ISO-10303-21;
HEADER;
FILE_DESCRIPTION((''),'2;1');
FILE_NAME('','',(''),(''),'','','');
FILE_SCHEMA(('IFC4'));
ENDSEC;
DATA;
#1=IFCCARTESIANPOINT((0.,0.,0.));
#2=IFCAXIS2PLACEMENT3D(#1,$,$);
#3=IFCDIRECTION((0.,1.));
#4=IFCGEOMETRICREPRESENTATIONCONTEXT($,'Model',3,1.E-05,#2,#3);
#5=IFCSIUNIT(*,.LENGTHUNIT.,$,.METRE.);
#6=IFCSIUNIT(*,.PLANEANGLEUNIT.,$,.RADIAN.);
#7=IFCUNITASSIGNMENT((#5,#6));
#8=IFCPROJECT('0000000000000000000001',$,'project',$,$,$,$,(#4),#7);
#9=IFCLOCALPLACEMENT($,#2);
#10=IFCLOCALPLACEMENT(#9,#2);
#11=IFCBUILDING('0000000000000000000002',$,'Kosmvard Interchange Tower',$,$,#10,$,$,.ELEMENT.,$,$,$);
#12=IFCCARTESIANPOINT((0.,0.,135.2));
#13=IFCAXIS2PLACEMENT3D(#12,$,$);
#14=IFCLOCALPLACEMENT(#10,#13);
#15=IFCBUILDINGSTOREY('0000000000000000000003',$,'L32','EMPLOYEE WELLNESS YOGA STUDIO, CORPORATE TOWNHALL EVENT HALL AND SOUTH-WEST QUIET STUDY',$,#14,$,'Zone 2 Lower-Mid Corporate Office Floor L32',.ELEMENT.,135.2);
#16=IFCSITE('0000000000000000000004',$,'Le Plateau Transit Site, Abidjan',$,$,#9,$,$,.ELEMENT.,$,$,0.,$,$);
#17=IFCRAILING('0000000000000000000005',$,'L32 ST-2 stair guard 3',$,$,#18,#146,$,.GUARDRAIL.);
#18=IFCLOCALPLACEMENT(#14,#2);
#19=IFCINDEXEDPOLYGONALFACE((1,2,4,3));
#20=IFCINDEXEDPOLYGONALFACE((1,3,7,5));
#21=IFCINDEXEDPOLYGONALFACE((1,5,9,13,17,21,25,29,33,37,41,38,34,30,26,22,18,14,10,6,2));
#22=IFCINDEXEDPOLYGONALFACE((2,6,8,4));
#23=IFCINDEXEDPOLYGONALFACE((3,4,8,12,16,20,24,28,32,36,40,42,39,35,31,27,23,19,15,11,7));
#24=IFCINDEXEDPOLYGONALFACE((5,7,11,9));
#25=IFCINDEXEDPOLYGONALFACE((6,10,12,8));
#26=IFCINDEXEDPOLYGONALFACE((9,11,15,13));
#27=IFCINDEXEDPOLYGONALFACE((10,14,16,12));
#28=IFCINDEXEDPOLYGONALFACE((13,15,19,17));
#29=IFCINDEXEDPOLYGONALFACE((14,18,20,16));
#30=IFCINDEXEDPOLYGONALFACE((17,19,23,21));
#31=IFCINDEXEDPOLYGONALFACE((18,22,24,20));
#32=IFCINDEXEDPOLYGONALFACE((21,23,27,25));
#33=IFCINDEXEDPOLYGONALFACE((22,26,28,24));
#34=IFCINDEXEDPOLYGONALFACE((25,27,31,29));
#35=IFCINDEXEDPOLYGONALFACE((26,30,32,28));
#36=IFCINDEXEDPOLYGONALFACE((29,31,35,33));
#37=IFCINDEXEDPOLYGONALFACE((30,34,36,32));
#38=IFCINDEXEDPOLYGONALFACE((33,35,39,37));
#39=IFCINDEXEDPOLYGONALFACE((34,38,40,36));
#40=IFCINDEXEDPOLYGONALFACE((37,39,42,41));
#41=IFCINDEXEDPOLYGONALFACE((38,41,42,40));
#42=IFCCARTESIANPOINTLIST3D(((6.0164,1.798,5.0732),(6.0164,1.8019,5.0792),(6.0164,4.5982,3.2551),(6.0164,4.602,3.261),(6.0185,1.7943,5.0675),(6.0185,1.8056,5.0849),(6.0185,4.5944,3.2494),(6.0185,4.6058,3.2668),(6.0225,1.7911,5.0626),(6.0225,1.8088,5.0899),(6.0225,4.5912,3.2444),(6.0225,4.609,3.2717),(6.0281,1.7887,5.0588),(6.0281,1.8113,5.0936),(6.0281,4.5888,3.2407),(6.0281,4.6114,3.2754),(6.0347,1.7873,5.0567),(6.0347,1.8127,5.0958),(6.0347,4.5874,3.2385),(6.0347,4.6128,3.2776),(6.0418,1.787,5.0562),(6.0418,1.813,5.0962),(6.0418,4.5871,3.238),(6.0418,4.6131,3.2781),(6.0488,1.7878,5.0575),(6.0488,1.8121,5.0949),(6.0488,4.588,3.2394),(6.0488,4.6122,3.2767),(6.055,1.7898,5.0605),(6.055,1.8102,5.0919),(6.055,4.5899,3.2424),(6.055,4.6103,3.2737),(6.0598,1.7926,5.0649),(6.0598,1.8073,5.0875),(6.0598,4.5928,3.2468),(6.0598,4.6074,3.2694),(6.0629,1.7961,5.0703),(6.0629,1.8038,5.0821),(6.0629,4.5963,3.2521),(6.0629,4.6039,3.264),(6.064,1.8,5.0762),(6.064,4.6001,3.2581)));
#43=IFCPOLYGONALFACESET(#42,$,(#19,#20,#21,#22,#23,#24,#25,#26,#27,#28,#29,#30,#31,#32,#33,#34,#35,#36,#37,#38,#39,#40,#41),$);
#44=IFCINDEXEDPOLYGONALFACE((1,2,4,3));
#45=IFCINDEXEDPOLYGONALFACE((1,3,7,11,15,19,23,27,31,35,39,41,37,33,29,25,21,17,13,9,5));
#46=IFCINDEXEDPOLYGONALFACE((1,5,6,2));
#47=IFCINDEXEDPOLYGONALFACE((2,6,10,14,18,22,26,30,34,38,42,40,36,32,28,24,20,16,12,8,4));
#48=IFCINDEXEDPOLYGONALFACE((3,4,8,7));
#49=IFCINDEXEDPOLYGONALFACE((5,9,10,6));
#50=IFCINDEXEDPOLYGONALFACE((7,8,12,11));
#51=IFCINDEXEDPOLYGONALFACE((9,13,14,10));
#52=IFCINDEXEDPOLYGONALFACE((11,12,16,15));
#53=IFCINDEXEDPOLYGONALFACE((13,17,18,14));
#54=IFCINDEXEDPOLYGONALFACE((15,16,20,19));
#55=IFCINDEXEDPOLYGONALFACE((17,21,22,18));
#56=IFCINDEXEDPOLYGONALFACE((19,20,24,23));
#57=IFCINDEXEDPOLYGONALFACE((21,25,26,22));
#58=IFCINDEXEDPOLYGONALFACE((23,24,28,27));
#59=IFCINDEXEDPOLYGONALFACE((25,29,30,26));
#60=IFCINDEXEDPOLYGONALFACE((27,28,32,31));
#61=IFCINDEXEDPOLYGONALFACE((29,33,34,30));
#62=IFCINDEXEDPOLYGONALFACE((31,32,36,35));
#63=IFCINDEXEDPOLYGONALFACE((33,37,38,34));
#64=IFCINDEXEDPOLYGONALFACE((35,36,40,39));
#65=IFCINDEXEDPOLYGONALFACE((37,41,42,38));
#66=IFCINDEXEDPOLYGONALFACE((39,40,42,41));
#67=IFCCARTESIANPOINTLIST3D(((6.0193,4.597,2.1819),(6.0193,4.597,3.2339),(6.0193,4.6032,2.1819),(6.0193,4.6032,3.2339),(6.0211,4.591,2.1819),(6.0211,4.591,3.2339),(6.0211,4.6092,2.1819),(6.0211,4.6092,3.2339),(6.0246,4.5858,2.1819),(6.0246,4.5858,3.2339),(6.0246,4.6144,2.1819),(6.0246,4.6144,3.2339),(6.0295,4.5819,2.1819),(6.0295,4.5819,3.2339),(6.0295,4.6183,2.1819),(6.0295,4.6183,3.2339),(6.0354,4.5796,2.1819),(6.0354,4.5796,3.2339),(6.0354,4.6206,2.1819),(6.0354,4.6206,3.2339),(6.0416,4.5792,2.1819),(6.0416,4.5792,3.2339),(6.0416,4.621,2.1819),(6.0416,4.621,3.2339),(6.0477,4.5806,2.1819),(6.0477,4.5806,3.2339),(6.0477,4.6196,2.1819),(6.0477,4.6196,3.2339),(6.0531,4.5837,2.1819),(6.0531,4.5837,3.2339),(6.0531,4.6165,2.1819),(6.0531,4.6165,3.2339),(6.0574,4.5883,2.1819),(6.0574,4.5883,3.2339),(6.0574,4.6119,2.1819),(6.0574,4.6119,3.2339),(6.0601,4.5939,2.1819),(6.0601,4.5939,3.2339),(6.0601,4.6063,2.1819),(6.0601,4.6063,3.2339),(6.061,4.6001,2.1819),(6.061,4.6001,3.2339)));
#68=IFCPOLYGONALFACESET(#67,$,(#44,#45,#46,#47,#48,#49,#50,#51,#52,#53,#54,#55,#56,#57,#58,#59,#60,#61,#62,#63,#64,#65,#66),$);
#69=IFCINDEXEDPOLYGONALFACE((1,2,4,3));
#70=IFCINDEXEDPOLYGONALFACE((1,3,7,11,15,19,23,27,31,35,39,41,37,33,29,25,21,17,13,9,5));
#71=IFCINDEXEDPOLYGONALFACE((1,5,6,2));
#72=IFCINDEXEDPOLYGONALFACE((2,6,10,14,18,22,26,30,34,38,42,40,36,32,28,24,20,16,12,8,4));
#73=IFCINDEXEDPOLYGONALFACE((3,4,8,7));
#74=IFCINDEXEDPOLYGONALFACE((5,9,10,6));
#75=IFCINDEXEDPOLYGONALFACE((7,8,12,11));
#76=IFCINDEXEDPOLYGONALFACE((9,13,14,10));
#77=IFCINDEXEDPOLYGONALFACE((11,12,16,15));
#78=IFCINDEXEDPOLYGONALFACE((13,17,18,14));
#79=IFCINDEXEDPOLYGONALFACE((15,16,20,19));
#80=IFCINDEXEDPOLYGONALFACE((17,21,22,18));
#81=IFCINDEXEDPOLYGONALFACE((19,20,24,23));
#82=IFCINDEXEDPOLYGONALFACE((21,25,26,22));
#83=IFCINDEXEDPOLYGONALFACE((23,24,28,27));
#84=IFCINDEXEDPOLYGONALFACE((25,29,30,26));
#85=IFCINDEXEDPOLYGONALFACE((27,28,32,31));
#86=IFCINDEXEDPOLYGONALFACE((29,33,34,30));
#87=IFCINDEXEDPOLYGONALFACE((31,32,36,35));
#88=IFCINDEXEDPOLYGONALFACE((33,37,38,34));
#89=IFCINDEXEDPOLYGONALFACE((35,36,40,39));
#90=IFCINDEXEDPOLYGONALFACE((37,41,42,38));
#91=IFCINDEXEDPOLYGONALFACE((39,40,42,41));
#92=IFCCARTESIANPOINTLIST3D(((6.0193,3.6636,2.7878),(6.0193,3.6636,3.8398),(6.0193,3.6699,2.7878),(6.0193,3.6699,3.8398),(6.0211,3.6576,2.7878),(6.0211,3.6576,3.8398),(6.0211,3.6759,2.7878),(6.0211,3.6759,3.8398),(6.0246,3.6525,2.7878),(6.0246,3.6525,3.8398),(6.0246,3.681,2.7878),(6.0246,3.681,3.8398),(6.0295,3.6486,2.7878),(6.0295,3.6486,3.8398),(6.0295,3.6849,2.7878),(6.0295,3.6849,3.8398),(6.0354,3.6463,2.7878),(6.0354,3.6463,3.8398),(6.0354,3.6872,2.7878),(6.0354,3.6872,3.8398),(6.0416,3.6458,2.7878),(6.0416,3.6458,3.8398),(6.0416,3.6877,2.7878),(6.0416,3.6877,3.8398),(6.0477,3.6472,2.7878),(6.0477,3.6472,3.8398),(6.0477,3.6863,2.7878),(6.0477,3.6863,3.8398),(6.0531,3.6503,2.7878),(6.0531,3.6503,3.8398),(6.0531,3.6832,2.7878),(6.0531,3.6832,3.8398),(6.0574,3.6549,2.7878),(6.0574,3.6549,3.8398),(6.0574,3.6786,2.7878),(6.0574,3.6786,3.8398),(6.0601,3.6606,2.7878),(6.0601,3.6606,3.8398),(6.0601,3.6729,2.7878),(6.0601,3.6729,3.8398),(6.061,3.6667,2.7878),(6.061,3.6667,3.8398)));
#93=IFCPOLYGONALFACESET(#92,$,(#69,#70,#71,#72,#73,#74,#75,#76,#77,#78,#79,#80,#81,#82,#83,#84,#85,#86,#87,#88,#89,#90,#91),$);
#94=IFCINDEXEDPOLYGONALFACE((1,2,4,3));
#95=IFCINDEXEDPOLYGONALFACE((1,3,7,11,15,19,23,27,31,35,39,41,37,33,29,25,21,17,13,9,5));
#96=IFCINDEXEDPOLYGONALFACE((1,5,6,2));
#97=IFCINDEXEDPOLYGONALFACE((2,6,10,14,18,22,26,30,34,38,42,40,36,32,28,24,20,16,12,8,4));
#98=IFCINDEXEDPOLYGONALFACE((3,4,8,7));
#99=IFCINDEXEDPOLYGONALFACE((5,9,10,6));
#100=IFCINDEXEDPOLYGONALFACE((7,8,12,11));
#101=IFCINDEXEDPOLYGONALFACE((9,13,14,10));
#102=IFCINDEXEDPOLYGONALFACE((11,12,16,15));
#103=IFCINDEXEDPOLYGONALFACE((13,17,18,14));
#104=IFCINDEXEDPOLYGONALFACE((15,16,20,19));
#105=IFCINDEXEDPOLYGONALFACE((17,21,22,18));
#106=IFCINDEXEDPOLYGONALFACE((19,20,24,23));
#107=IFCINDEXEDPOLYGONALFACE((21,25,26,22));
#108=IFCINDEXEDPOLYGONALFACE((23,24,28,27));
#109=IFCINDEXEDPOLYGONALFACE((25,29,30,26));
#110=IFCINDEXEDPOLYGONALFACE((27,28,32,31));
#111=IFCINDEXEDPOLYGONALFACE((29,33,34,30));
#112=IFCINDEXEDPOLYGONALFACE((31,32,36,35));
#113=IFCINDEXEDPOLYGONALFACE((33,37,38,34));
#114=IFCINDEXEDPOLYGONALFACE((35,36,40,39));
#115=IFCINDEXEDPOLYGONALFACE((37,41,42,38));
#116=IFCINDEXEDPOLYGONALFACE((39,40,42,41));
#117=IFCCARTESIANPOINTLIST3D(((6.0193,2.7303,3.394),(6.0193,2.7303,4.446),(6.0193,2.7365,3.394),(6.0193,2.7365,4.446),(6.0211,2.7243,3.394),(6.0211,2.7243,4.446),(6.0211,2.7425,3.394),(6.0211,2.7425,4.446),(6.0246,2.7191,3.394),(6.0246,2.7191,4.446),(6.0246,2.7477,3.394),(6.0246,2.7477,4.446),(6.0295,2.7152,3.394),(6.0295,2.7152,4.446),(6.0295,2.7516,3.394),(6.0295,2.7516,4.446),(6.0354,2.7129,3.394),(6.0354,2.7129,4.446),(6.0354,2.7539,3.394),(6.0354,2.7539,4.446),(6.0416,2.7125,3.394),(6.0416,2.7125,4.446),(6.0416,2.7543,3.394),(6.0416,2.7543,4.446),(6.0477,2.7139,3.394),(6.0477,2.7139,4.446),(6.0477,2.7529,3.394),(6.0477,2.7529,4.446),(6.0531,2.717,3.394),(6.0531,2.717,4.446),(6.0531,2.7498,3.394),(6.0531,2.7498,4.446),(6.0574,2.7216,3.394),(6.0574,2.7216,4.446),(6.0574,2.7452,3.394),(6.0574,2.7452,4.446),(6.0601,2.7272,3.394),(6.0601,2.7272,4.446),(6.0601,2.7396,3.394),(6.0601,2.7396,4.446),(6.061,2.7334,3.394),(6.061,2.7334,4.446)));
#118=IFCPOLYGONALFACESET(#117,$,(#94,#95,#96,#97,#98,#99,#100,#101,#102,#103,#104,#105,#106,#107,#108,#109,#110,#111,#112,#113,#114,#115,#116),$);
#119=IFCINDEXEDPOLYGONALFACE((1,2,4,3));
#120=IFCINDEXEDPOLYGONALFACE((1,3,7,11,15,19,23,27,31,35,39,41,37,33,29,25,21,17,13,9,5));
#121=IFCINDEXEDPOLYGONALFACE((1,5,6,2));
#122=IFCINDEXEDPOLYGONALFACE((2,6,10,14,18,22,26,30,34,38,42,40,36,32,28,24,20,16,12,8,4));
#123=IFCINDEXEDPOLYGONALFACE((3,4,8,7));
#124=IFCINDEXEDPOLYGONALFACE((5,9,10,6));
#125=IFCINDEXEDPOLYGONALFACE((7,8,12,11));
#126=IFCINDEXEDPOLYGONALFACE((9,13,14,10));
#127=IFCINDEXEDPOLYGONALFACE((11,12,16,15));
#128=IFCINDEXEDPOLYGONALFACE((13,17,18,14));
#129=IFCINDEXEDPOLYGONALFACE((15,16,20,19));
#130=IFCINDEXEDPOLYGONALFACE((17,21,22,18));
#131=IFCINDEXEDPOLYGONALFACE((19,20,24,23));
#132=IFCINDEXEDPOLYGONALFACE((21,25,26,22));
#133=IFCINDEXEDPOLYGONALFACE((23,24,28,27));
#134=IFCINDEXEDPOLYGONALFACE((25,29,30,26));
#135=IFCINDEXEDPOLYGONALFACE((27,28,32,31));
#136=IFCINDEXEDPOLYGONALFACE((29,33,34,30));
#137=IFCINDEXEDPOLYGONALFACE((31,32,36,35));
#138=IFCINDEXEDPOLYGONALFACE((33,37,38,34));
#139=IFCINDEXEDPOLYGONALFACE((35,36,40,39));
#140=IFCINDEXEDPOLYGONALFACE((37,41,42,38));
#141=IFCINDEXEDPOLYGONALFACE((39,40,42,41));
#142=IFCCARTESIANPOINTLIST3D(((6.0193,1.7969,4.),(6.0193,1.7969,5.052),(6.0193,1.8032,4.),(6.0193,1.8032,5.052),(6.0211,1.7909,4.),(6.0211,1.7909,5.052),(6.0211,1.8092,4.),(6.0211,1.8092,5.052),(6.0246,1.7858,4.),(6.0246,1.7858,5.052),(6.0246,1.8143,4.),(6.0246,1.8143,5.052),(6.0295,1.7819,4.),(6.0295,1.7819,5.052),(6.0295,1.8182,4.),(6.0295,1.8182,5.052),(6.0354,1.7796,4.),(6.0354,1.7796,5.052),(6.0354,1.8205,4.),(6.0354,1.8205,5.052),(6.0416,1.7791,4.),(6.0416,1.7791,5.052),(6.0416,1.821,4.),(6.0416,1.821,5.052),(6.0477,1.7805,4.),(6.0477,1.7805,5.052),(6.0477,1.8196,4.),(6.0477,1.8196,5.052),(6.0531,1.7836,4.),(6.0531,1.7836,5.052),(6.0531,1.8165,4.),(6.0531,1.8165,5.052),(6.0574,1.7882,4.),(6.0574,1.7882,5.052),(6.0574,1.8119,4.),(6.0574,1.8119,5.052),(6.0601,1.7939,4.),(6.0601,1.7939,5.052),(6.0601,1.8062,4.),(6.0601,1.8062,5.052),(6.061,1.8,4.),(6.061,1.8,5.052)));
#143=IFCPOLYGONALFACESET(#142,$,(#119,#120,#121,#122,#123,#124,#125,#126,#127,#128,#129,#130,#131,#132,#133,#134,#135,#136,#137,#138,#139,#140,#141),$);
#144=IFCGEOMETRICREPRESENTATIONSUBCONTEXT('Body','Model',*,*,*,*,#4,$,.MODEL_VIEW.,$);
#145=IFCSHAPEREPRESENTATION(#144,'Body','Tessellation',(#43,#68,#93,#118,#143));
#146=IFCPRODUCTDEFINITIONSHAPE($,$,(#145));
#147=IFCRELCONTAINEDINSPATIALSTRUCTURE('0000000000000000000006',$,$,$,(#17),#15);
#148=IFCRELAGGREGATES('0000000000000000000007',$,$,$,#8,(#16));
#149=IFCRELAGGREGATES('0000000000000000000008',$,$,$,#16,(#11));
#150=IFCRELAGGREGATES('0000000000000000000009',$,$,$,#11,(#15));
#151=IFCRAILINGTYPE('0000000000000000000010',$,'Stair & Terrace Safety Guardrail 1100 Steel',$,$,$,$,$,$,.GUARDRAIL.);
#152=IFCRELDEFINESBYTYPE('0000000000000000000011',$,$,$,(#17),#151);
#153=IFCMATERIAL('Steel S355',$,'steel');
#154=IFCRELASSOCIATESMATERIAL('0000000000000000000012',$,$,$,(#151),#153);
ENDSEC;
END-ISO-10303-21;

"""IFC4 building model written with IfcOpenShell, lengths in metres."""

from ifc_helpers import new_model, si_unit, direction, frame, origin, origin_2d, place, context, subcontext, project, spatial, circle, extrude, source, transform, mapped, material, type_object, element, save


model = new_model("IFC4")

# Units and contexts
model_context = context("Model", 3, precision=1e-05, world=origin(), true_north=direction((0.0, 1.0)))
body_context = subcontext(model_context, "Body", "Model", "MODEL_VIEW")
ifc_project = project(units=[si_unit("LENGTHUNIT", "METRE"), si_unit("PLANEANGLEUNIT", "RADIAN")], contexts=[model_context])

# Site, building, storey
site_placement = place(None, origin())
site = spatial("IfcSite", under=ifc_project, at=site_placement, Name="Le Plateau Transit Site, Abidjan", CompositionType="ELEMENT", RefElevation=0.0)
building_placement = place(site_placement, origin())
building = spatial("IfcBuilding", under=site, at=building_placement, Name="Kosmvard Interchange Tower", CompositionType="ELEMENT")
storey_placement = place(building_placement, frame((0.0, 0.0, 135.2)))
storey = spatial("IfcBuildingStorey", under=building, at=storey_placement, Name="L32", Description="EMPLOYEE WELLNESS YOGA STUDIO, CORPORATE TOWNHALL EVENT HALL AND SOUTH-WEST QUIET STUDY", LongName="Zone 2 Lower-Mid Corporate Office Floor L32", CompositionType="ELEMENT", Elevation=135.2)

# Shared definitions
ifc_material_1 = material(Name="Steel S355", Category="steel")

# Railing
railing_type_1 = type_object("IfcRailingType", Name="Stair & Terrace Safety Guardrail 1100 Steel", PredefinedType="GUARDRAIL", material=ifc_material_1)
shared_shape_1 = source(origin(), body_context, "Body", "SweptSolid", [
    extrude(circle(Radius=0.0239, at=origin_2d()), frame((0.0, 0.0, 1.0762), z_axis=(0.0, -0.838706, 0.544585), x_axis=(1.0, 0.0, 0.0)), (0.0, 0.0, 1.0), 3.3386),
    extrude(circle(Radius=0.021, at=origin_2d()), origin(), (0.0, 0.0, 1.0), 1.052),
    extrude(circle(Radius=0.021, at=origin_2d()), frame((0.0, -0.9333, 0.606)), (0.0, 0.0, 1.0), 1.052),
    extrude(circle(Radius=0.021, at=origin_2d()), frame((0.0, -1.8667, 1.2122)), (0.0, 0.0, 1.0), 1.052),
    extrude(circle(Radius=0.021, at=origin_2d()), frame((0.0, -2.8, 1.8181)), (0.0, 0.0, 1.0), 1.052),
])
railing_1_placement = place(storey_placement, frame((6.04, 4.6001, 2.1819)))
element("IfcRailing", 1, at=railing_1_placement, inside=storey, type_object=railing_type_1, Name="L32 ST-2 stair guard 3", PredefinedType="GUARDRAIL", context=body_context, shape_type="MappedRepresentation", body=[
    mapped(shared_shape_1, transform((0.0, 0.0, 0.0), scale=1.0)),
])

save(model, "model.ifc")
